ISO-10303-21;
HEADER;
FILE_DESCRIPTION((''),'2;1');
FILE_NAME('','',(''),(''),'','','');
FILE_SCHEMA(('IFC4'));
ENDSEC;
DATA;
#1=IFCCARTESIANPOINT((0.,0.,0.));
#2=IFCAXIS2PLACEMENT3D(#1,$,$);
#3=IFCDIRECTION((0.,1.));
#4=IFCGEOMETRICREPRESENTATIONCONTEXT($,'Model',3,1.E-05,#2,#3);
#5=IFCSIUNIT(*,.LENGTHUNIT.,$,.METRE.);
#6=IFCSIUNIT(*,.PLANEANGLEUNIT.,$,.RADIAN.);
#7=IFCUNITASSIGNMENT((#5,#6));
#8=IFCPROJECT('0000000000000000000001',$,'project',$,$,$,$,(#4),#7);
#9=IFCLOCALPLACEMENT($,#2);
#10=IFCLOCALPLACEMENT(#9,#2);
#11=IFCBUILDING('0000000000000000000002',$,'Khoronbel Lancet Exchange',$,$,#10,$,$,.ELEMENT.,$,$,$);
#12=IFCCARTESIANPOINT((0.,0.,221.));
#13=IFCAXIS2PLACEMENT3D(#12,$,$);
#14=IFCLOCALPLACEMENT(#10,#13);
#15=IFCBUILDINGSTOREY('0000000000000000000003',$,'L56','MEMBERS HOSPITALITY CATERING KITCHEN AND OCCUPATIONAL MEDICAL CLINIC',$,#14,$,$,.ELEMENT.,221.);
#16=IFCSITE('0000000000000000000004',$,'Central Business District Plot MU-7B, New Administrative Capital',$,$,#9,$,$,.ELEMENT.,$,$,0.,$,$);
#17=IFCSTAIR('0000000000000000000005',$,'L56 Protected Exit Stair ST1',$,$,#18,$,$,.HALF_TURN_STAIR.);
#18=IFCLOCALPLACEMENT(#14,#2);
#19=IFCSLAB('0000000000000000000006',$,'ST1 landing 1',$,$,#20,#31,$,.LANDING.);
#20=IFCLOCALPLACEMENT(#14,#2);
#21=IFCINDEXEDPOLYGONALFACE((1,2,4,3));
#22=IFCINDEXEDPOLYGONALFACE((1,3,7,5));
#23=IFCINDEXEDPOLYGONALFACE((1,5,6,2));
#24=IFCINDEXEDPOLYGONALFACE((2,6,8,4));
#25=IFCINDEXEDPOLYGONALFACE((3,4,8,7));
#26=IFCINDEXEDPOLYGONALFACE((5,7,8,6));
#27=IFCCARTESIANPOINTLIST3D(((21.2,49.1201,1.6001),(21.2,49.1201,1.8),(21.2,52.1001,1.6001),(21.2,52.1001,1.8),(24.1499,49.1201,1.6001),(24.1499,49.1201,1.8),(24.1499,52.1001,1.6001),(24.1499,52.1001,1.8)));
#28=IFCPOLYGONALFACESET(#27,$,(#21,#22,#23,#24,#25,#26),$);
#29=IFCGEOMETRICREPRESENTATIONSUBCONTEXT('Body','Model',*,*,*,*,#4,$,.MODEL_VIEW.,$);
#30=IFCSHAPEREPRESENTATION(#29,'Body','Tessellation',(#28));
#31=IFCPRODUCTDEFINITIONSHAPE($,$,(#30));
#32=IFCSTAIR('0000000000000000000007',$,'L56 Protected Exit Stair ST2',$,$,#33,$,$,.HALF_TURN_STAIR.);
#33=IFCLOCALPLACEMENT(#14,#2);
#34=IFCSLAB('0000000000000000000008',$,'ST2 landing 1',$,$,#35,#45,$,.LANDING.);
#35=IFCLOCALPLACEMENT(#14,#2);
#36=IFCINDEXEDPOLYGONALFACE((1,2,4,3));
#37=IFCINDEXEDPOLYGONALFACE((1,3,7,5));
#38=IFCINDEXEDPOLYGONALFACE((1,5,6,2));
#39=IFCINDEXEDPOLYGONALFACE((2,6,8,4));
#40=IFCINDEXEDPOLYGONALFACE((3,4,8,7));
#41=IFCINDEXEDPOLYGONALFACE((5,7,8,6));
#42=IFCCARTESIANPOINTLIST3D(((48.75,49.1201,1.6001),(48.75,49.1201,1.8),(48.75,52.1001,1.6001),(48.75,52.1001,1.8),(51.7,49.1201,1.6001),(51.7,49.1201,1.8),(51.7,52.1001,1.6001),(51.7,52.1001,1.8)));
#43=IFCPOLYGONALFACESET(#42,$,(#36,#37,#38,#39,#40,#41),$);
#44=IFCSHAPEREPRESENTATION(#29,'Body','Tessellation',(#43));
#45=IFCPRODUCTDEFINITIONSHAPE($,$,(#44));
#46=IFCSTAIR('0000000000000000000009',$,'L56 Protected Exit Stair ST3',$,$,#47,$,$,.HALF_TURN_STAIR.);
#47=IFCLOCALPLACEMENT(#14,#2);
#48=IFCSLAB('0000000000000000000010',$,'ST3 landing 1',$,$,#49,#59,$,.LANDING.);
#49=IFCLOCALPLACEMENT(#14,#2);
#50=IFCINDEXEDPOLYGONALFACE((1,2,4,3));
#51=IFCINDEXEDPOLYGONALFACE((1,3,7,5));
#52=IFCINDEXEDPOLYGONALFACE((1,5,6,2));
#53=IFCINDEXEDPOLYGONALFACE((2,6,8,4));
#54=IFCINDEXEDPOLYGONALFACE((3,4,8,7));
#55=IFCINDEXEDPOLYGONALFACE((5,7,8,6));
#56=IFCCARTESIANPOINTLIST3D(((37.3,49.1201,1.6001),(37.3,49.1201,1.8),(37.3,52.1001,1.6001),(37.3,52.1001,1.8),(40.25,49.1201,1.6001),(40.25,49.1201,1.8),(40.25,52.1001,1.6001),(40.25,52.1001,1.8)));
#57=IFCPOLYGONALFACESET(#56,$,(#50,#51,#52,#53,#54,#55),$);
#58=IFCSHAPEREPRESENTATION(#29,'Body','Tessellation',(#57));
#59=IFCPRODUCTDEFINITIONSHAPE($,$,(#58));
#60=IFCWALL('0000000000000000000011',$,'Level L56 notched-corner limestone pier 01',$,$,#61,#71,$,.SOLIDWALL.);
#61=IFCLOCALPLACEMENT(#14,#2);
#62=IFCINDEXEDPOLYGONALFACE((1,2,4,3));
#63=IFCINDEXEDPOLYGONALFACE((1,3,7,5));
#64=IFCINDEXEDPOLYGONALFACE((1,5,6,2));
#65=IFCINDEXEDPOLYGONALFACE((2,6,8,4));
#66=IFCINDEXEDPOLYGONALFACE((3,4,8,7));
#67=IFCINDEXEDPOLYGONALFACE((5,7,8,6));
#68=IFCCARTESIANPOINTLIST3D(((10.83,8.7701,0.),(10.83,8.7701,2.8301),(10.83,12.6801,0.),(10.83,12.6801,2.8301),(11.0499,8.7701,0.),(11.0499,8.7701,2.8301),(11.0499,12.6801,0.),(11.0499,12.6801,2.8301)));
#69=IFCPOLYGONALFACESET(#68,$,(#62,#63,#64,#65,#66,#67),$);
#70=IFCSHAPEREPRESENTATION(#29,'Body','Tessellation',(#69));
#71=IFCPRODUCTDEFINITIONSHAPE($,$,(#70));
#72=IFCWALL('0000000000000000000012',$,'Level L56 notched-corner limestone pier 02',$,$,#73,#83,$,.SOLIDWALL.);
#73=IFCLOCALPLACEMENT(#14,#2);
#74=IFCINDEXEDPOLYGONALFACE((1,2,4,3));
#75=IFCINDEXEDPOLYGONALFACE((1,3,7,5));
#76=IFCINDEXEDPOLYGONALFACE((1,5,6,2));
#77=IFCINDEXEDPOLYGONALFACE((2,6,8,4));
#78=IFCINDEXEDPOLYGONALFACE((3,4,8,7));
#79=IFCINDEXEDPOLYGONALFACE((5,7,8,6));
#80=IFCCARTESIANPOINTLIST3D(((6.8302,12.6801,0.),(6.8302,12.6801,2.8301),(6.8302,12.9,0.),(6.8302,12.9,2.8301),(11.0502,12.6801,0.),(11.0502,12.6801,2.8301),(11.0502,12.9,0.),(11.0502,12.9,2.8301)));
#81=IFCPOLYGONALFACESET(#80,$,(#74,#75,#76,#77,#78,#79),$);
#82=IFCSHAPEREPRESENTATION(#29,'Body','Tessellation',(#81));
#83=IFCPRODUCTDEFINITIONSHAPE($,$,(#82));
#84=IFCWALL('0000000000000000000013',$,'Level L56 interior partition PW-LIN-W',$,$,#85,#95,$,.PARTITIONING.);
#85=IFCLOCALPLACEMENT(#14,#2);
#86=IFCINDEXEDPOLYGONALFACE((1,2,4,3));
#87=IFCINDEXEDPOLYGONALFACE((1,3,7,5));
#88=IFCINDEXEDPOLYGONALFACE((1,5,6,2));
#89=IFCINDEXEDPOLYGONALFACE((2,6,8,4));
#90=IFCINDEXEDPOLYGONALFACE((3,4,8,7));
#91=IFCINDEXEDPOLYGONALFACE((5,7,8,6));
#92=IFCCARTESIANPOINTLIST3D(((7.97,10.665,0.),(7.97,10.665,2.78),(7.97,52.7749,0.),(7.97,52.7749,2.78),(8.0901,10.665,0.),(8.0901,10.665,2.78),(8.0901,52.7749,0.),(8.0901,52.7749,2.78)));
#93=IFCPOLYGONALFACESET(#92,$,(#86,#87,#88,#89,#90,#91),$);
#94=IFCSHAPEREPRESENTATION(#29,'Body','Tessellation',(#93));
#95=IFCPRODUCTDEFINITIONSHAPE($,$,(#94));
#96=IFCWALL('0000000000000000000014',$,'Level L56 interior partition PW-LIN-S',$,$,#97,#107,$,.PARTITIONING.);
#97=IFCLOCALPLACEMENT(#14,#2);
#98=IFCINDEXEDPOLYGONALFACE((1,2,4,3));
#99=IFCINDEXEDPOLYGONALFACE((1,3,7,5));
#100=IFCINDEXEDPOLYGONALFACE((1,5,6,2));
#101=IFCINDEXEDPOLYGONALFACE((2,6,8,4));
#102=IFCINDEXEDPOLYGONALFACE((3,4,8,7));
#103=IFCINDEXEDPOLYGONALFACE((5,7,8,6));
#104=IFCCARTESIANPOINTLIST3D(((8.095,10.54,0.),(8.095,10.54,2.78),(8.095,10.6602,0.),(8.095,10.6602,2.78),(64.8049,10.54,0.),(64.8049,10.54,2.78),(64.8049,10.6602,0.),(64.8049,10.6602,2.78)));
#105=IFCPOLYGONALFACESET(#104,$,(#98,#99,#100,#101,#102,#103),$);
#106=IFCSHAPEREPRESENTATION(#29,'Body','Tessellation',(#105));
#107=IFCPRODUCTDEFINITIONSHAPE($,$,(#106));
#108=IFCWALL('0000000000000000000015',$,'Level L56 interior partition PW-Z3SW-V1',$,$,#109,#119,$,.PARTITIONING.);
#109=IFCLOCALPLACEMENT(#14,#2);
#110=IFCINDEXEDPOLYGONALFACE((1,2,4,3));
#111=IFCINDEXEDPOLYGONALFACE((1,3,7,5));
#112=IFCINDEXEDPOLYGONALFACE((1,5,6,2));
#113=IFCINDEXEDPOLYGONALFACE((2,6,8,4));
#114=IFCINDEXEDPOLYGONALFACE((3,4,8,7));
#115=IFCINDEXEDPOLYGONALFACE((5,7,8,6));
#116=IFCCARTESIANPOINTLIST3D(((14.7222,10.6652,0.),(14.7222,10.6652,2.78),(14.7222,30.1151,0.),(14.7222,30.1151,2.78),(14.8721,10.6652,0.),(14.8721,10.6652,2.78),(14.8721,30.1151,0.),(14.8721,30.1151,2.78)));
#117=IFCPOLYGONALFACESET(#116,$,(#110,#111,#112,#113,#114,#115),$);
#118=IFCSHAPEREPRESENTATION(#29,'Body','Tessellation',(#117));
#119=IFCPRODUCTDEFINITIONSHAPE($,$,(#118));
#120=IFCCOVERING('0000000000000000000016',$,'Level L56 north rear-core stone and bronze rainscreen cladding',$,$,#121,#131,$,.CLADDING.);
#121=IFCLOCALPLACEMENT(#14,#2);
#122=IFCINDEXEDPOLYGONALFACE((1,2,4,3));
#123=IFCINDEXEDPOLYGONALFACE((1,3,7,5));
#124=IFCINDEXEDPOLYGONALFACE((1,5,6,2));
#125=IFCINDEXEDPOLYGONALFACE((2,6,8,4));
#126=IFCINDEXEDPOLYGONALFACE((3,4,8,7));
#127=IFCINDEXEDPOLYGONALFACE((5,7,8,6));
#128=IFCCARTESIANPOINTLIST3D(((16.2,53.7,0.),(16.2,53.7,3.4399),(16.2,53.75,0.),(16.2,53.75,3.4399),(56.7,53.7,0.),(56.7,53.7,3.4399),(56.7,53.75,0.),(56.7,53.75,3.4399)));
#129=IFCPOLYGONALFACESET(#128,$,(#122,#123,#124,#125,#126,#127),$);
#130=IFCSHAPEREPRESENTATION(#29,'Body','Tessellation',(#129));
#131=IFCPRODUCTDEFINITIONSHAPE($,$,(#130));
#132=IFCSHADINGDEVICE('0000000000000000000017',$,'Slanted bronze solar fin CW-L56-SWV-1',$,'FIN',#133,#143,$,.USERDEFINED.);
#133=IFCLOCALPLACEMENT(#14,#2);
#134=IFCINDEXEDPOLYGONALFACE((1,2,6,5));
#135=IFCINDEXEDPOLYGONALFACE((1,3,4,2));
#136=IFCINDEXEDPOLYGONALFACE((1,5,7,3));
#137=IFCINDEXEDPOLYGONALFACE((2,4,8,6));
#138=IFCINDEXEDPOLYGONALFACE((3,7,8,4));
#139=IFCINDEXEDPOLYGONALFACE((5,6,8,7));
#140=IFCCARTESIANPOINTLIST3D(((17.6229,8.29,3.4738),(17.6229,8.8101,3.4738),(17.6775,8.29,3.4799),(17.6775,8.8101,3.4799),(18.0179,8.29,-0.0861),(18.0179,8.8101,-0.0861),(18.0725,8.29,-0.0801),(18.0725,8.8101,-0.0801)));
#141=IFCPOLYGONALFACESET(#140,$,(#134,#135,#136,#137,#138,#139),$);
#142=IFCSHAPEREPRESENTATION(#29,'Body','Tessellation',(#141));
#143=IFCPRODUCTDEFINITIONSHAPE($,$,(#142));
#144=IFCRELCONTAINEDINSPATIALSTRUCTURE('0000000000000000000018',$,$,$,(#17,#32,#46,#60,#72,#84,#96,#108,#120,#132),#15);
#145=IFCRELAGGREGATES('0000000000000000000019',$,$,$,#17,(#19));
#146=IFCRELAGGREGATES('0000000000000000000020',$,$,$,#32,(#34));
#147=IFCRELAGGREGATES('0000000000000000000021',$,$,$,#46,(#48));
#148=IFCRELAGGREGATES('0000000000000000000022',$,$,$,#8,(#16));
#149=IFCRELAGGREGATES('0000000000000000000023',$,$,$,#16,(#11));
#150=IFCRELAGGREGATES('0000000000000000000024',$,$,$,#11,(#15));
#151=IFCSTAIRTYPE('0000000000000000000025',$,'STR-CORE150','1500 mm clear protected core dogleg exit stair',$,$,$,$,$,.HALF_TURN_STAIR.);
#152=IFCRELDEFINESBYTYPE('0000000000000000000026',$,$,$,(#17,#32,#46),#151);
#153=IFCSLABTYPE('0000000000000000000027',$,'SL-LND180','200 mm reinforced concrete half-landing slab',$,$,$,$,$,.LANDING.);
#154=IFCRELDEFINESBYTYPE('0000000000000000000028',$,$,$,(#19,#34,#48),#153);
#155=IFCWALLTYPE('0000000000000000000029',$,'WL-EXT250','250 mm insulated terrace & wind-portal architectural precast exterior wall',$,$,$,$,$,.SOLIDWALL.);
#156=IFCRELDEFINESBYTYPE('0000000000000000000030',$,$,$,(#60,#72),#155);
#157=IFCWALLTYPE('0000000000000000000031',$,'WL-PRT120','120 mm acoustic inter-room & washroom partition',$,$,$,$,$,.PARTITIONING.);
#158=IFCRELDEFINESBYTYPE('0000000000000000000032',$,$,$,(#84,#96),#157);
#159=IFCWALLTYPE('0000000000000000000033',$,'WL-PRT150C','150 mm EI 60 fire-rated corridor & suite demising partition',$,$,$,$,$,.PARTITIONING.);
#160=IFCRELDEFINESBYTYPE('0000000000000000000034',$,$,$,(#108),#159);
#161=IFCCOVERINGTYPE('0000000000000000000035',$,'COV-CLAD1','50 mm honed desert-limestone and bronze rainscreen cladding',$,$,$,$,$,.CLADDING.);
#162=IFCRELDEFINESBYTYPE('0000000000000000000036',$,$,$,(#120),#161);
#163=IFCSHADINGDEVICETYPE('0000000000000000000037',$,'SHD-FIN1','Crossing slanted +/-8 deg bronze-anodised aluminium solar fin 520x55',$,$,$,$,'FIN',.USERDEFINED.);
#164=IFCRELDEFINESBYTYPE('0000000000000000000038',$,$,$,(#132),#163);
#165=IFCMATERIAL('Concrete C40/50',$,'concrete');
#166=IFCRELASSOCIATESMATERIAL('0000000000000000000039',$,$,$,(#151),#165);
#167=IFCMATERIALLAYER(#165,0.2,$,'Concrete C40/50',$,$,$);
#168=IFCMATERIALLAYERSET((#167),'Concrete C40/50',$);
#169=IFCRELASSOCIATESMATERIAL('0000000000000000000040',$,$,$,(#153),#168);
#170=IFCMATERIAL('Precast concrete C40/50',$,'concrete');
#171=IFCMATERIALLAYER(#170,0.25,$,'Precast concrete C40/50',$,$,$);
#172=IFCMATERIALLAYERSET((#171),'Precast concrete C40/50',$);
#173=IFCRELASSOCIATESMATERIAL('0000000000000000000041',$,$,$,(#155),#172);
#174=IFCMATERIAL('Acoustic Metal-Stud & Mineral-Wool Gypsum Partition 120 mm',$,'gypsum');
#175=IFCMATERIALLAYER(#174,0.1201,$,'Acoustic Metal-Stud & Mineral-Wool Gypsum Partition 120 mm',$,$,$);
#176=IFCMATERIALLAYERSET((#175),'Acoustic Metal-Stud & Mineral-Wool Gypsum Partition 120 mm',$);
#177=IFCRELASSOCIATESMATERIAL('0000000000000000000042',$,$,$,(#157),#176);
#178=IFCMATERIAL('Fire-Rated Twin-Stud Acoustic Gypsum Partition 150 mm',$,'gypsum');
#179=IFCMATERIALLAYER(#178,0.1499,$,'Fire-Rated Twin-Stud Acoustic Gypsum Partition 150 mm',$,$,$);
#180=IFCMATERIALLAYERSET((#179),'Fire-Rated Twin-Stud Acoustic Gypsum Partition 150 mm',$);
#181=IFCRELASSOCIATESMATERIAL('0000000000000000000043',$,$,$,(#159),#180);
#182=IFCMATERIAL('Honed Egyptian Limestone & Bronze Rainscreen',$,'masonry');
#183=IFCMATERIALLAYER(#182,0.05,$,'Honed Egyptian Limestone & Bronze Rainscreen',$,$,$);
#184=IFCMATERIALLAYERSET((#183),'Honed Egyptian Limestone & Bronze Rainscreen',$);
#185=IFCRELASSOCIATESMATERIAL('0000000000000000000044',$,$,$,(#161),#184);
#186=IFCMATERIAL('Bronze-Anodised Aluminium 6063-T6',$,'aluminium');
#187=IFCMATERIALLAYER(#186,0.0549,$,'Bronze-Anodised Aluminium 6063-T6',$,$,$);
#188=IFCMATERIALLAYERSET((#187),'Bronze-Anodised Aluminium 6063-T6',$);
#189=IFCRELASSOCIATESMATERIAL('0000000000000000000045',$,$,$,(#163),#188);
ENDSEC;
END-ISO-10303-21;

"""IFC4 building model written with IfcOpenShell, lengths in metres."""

from ifc_helpers import new_model, si_unit, direction, frame, frame_2d, origin, place, context, subcontext, project, spatial, polyline, rectangle, outline, extrude, material, layer, layer_set, type_object, element, aggregate, save


model = new_model("IFC4")

# Units and contexts
model_context = context("Model", 3, precision=1e-05, world=origin(), true_north=direction((0.0, 1.0)))
body_context = subcontext(model_context, "Body", "Model", "MODEL_VIEW")
ifc_project = project(units=[si_unit("LENGTHUNIT", "METRE"), si_unit("PLANEANGLEUNIT", "RADIAN")], contexts=[model_context])

# Site, building, storey
site_placement = place(None, origin())
site = spatial("IfcSite", under=ifc_project, at=site_placement, Name="Central Business District Plot MU-7B, New Administrative Capital", CompositionType="ELEMENT", RefElevation=0.0)
building_placement = place(site_placement, origin())
building = spatial("IfcBuilding", under=site, at=building_placement, Name="Khoronbel Lancet Exchange", CompositionType="ELEMENT")
storey_placement = place(building_placement, frame((0.0, 0.0, 221.0)))
storey = spatial("IfcBuildingStorey", under=building, at=storey_placement, Name="L56", Description="MEMBERS HOSPITALITY CATERING KITCHEN AND OCCUPATIONAL MEDICAL CLINIC", CompositionType="ELEMENT", Elevation=221.0)

# Shared definitions
ifc_material_1 = material(Name="Bronze-Anodised Aluminium 6063-T6", Category="aluminium")

# Shared definitions
ifc_material_2 = material(Name="Concrete C40/50", Category="concrete")

# Stairs, slabs
stair_type = type_object("IfcStairType", Name="STR-CORE150", Description="1500 mm clear protected core dogleg exit stair", PredefinedType="HALF_TURN_STAIR", material=ifc_material_2)
stair_1_placement = place(storey_placement, origin())
stair_1 = element("IfcStair", 1, at=stair_1_placement, inside=storey, type_object=stair_type, Name="L56 Protected Exit Stair ST1", PredefinedType="HALF_TURN_STAIR")
ifc_layer_1 = layer(ifc_material_2, 0.2, Name="Concrete C40/50")
ifc_layer_set_1 = layer_set([ifc_layer_1], Name="Concrete C40/50")
slab_type_1 = type_object("IfcSlabType", Name="SL-LND180", Description="200 mm reinforced concrete half-landing slab", PredefinedType="LANDING", material=ifc_layer_set_1)
slab_1_placement = place(storey_placement, frame((0.0, 0.0, 1.6001)))
slab_1 = element("IfcSlab", 2, at=slab_1_placement, type_object=slab_type_1, Name="ST1 landing 1", PredefinedType="LANDING", context=body_context, shape_type="SweptSolid", body=[
    extrude(outline(polyline([(21.2, 49.1201), (24.1499, 49.1201), (24.1499, 52.1001), (21.2, 52.1001), (21.2, 49.1201)])), origin(), (0.0, 0.0, 1.0), 0.2),
])
aggregate(stair_1, [slab_1])
stair_2_placement = place(storey_placement, origin())
stair_2 = element("IfcStair", 3, at=stair_2_placement, inside=storey, type_object=stair_type, Name="L56 Protected Exit Stair ST2", PredefinedType="HALF_TURN_STAIR")
slab_2_placement = place(storey_placement, frame((0.0, 0.0, 1.6001)))
slab_2 = element("IfcSlab", 4, at=slab_2_placement, type_object=slab_type_1, Name="ST2 landing 1", PredefinedType="LANDING", context=body_context, shape_type="SweptSolid", body=[
    extrude(outline(polyline([(51.7, 52.1001), (48.75, 52.1001), (48.75, 49.1201), (51.7, 49.1201), (51.7, 52.1001)])), origin(), (0.0, 0.0, 1.0), 0.2),
])
aggregate(stair_2, [slab_2])
stair_3_placement = place(storey_placement, origin())
stair_3 = element("IfcStair", 5, at=stair_3_placement, inside=storey, type_object=stair_type, Name="L56 Protected Exit Stair ST3", PredefinedType="HALF_TURN_STAIR")
slab_3_placement = place(storey_placement, frame((0.0, 0.0, 1.6001)))
slab_3 = element("IfcSlab", 6, at=slab_3_placement, type_object=slab_type_1, Name="ST3 landing 1", PredefinedType="LANDING", context=body_context, shape_type="SweptSolid", body=[
    extrude(outline(polyline([(37.3, 49.1201), (40.25, 49.1201), (40.25, 52.1001), (37.3, 52.1001), (37.3, 49.1201)])), origin(), (0.0, 0.0, 1.0), 0.2),
])
aggregate(stair_3, [slab_3])

# Walls
ifc_material_3 = material(Name="Precast concrete C40/50", Category="concrete")
ifc_layer_2 = layer(ifc_material_3, 0.25, Name="Precast concrete C40/50")
ifc_layer_set_2 = layer_set([ifc_layer_2], Name="Precast concrete C40/50")
wall_type_1 = type_object("IfcWallType", Name="WL-EXT250", Description="250 mm insulated terrace & wind-portal architectural precast exterior wall", PredefinedType="SOLIDWALL", material=ifc_layer_set_2)
wall_1_placement = place(storey_placement, frame((10.9399, 8.77, 0.0), z_axis=(0.0, 0.0, 1.0), x_axis=(0.0, 1.0, 0.0)))
element("IfcWall", 7, at=wall_1_placement, inside=storey, type_object=wall_type_1, Name="Level L56 notched-corner limestone pier 01", PredefinedType="SOLIDWALL", context=body_context, shape_type="SweptSolid", body=[
    extrude(rectangle(XDim=3.9099, YDim=0.22, at=frame_2d((1.9551, 0.0))), origin(), (0.0, 0.0, 1.0), 2.8301),
])
wall_2_placement = place(storey_placement, frame((11.05, 12.79, 0.0), z_axis=(0.0, 0.0, 1.0), x_axis=(-1.0, 0.0, 0.0)))
element("IfcWall", 8, at=wall_2_placement, inside=storey, type_object=wall_type_1, Name="Level L56 notched-corner limestone pier 02", PredefinedType="SOLIDWALL", context=body_context, shape_type="SweptSolid", body=[
    extrude(rectangle(XDim=4.22, YDim=0.22, at=frame_2d((2.1099, 0.0))), origin(), (0.0, 0.0, 1.0), 2.8301),
])
ifc_material_4 = material(Name="Acoustic Metal-Stud & Mineral-Wool Gypsum Partition 120 mm", Category="gypsum")
ifc_layer_3 = layer(ifc_material_4, 0.1201, Name="Acoustic Metal-Stud & Mineral-Wool Gypsum Partition 120 mm")
ifc_layer_set_3 = layer_set([ifc_layer_3], Name="Acoustic Metal-Stud & Mineral-Wool Gypsum Partition 120 mm")
wall_type_2 = type_object("IfcWallType", Name="WL-PRT120", Description="120 mm acoustic inter-room & washroom partition", PredefinedType="PARTITIONING", material=ifc_layer_set_3)
wall_3_placement = place(storey_placement, frame((8.03, 10.665, 0.0), z_axis=(0.0, 0.0, 1.0), x_axis=(0.0, 1.0, 0.0)))
element("IfcWall", 9, at=wall_3_placement, inside=storey, type_object=wall_type_2, Name="Level L56 interior partition PW-LIN-W", PredefinedType="PARTITIONING", context=body_context, shape_type="SweptSolid", body=[
    extrude(rectangle(XDim=42.1099, YDim=0.1201, at=frame_2d((21.0549, 0.0))), origin(), (0.0, 0.0, 1.0), 2.78),
])
wall_4_placement = place(storey_placement, frame((8.095, 10.6001, 0.0), z_axis=(0.0, 0.0, 1.0), x_axis=(1.0, 0.0, 0.0)))
element("IfcWall", 10, at=wall_4_placement, inside=storey, type_object=wall_type_2, Name="Level L56 interior partition PW-LIN-S", PredefinedType="PARTITIONING", context=body_context, shape_type="SweptSolid", body=[
    extrude(rectangle(XDim=56.71, YDim=0.1201, at=frame_2d((28.355, 0.0))), origin(), (0.0, 0.0, 1.0), 2.78),
])
ifc_material_5 = material(Name="Fire-Rated Twin-Stud Acoustic Gypsum Partition 150 mm", Category="gypsum")
ifc_layer_4 = layer(ifc_material_5, 0.1499, Name="Fire-Rated Twin-Stud Acoustic Gypsum Partition 150 mm")
ifc_layer_set_4 = layer_set([ifc_layer_4], Name="Fire-Rated Twin-Stud Acoustic Gypsum Partition 150 mm")
wall_type_3 = type_object("IfcWallType", Name="WL-PRT150C", Description="150 mm EI 60 fire-rated corridor & suite demising partition", PredefinedType="PARTITIONING", material=ifc_layer_set_4)
wall_5_placement = place(storey_placement, frame((14.7971, 10.665, 0.0), z_axis=(0.0, 0.0, 1.0), x_axis=(0.0, 1.0, 0.0)))
element("IfcWall", 11, at=wall_5_placement, inside=storey, type_object=wall_type_3, Name="Level L56 interior partition PW-Z3SW-V1", PredefinedType="PARTITIONING", context=body_context, shape_type="SweptSolid", body=[
    extrude(rectangle(XDim=19.45, YDim=0.1499, at=frame_2d((9.7251, 0.0))), origin(), (0.0, 0.0, 1.0), 2.78),
])

# Covering
ifc_material_6 = material(Name="Honed Egyptian Limestone & Bronze Rainscreen", Category="masonry")
ifc_layer_5 = layer(ifc_material_6, 0.05, Name="Honed Egyptian Limestone & Bronze Rainscreen")
ifc_layer_set_5 = layer_set([ifc_layer_5], Name="Honed Egyptian Limestone & Bronze Rainscreen")
covering_type = type_object("IfcCoveringType", Name="COV-CLAD1", Description="50 mm honed desert-limestone and bronze rainscreen cladding", PredefinedType="CLADDING", material=ifc_layer_set_5)
covering_placement = place(storey_placement, origin())
element("IfcCovering", 12, at=covering_placement, inside=storey, type_object=covering_type, Name="Level L56 north rear-core stone and bronze rainscreen cladding", PredefinedType="CLADDING", context=body_context, shape_type="SweptSolid", body=[
    extrude(outline(polyline([(16.2, 53.7), (56.7, 53.7), (56.7, 53.75), (16.2, 53.75), (16.2, 53.7)])), origin(), (0.0, 0.0, 1.0), 3.4399),
])

# Shading device
ifc_layer_6 = layer(ifc_material_1, 0.0549, Name="Bronze-Anodised Aluminium 6063-T6")
ifc_layer_set_6 = layer_set([ifc_layer_6], Name="Bronze-Anodised Aluminium 6063-T6")
shading_device_type = type_object("IfcShadingDeviceType", Name="SHD-FIN1", Description="Crossing slanted +/-8 deg bronze-anodised aluminium solar fin 520x55", ElementType="FIN", PredefinedType="USERDEFINED", material=ifc_layer_set_6)
shading_device_placement = place(storey_placement, frame((18.0725, 8.8101, -0.0801), z_axis=(0.9939, 0.0, 0.110282), x_axis=(0.0, -1.0, 0.0)))
element("IfcShadingDevice", 13, at=shading_device_placement, inside=storey, type_object=shading_device_type, Name="Slanted bronze solar fin CW-L56-SWV-1", ObjectType="FIN", PredefinedType="USERDEFINED", context=body_context, shape_type="SweptSolid", body=[
    extrude(outline(polyline([(0.0, 0.0), (0.52, 0.0), (0.52, -3.5818), (0.0, -3.5818), (0.0, 0.0)])), origin(), (0.0, 0.0, -1.0), 0.0549),
])

save(model, "model.ifc")
